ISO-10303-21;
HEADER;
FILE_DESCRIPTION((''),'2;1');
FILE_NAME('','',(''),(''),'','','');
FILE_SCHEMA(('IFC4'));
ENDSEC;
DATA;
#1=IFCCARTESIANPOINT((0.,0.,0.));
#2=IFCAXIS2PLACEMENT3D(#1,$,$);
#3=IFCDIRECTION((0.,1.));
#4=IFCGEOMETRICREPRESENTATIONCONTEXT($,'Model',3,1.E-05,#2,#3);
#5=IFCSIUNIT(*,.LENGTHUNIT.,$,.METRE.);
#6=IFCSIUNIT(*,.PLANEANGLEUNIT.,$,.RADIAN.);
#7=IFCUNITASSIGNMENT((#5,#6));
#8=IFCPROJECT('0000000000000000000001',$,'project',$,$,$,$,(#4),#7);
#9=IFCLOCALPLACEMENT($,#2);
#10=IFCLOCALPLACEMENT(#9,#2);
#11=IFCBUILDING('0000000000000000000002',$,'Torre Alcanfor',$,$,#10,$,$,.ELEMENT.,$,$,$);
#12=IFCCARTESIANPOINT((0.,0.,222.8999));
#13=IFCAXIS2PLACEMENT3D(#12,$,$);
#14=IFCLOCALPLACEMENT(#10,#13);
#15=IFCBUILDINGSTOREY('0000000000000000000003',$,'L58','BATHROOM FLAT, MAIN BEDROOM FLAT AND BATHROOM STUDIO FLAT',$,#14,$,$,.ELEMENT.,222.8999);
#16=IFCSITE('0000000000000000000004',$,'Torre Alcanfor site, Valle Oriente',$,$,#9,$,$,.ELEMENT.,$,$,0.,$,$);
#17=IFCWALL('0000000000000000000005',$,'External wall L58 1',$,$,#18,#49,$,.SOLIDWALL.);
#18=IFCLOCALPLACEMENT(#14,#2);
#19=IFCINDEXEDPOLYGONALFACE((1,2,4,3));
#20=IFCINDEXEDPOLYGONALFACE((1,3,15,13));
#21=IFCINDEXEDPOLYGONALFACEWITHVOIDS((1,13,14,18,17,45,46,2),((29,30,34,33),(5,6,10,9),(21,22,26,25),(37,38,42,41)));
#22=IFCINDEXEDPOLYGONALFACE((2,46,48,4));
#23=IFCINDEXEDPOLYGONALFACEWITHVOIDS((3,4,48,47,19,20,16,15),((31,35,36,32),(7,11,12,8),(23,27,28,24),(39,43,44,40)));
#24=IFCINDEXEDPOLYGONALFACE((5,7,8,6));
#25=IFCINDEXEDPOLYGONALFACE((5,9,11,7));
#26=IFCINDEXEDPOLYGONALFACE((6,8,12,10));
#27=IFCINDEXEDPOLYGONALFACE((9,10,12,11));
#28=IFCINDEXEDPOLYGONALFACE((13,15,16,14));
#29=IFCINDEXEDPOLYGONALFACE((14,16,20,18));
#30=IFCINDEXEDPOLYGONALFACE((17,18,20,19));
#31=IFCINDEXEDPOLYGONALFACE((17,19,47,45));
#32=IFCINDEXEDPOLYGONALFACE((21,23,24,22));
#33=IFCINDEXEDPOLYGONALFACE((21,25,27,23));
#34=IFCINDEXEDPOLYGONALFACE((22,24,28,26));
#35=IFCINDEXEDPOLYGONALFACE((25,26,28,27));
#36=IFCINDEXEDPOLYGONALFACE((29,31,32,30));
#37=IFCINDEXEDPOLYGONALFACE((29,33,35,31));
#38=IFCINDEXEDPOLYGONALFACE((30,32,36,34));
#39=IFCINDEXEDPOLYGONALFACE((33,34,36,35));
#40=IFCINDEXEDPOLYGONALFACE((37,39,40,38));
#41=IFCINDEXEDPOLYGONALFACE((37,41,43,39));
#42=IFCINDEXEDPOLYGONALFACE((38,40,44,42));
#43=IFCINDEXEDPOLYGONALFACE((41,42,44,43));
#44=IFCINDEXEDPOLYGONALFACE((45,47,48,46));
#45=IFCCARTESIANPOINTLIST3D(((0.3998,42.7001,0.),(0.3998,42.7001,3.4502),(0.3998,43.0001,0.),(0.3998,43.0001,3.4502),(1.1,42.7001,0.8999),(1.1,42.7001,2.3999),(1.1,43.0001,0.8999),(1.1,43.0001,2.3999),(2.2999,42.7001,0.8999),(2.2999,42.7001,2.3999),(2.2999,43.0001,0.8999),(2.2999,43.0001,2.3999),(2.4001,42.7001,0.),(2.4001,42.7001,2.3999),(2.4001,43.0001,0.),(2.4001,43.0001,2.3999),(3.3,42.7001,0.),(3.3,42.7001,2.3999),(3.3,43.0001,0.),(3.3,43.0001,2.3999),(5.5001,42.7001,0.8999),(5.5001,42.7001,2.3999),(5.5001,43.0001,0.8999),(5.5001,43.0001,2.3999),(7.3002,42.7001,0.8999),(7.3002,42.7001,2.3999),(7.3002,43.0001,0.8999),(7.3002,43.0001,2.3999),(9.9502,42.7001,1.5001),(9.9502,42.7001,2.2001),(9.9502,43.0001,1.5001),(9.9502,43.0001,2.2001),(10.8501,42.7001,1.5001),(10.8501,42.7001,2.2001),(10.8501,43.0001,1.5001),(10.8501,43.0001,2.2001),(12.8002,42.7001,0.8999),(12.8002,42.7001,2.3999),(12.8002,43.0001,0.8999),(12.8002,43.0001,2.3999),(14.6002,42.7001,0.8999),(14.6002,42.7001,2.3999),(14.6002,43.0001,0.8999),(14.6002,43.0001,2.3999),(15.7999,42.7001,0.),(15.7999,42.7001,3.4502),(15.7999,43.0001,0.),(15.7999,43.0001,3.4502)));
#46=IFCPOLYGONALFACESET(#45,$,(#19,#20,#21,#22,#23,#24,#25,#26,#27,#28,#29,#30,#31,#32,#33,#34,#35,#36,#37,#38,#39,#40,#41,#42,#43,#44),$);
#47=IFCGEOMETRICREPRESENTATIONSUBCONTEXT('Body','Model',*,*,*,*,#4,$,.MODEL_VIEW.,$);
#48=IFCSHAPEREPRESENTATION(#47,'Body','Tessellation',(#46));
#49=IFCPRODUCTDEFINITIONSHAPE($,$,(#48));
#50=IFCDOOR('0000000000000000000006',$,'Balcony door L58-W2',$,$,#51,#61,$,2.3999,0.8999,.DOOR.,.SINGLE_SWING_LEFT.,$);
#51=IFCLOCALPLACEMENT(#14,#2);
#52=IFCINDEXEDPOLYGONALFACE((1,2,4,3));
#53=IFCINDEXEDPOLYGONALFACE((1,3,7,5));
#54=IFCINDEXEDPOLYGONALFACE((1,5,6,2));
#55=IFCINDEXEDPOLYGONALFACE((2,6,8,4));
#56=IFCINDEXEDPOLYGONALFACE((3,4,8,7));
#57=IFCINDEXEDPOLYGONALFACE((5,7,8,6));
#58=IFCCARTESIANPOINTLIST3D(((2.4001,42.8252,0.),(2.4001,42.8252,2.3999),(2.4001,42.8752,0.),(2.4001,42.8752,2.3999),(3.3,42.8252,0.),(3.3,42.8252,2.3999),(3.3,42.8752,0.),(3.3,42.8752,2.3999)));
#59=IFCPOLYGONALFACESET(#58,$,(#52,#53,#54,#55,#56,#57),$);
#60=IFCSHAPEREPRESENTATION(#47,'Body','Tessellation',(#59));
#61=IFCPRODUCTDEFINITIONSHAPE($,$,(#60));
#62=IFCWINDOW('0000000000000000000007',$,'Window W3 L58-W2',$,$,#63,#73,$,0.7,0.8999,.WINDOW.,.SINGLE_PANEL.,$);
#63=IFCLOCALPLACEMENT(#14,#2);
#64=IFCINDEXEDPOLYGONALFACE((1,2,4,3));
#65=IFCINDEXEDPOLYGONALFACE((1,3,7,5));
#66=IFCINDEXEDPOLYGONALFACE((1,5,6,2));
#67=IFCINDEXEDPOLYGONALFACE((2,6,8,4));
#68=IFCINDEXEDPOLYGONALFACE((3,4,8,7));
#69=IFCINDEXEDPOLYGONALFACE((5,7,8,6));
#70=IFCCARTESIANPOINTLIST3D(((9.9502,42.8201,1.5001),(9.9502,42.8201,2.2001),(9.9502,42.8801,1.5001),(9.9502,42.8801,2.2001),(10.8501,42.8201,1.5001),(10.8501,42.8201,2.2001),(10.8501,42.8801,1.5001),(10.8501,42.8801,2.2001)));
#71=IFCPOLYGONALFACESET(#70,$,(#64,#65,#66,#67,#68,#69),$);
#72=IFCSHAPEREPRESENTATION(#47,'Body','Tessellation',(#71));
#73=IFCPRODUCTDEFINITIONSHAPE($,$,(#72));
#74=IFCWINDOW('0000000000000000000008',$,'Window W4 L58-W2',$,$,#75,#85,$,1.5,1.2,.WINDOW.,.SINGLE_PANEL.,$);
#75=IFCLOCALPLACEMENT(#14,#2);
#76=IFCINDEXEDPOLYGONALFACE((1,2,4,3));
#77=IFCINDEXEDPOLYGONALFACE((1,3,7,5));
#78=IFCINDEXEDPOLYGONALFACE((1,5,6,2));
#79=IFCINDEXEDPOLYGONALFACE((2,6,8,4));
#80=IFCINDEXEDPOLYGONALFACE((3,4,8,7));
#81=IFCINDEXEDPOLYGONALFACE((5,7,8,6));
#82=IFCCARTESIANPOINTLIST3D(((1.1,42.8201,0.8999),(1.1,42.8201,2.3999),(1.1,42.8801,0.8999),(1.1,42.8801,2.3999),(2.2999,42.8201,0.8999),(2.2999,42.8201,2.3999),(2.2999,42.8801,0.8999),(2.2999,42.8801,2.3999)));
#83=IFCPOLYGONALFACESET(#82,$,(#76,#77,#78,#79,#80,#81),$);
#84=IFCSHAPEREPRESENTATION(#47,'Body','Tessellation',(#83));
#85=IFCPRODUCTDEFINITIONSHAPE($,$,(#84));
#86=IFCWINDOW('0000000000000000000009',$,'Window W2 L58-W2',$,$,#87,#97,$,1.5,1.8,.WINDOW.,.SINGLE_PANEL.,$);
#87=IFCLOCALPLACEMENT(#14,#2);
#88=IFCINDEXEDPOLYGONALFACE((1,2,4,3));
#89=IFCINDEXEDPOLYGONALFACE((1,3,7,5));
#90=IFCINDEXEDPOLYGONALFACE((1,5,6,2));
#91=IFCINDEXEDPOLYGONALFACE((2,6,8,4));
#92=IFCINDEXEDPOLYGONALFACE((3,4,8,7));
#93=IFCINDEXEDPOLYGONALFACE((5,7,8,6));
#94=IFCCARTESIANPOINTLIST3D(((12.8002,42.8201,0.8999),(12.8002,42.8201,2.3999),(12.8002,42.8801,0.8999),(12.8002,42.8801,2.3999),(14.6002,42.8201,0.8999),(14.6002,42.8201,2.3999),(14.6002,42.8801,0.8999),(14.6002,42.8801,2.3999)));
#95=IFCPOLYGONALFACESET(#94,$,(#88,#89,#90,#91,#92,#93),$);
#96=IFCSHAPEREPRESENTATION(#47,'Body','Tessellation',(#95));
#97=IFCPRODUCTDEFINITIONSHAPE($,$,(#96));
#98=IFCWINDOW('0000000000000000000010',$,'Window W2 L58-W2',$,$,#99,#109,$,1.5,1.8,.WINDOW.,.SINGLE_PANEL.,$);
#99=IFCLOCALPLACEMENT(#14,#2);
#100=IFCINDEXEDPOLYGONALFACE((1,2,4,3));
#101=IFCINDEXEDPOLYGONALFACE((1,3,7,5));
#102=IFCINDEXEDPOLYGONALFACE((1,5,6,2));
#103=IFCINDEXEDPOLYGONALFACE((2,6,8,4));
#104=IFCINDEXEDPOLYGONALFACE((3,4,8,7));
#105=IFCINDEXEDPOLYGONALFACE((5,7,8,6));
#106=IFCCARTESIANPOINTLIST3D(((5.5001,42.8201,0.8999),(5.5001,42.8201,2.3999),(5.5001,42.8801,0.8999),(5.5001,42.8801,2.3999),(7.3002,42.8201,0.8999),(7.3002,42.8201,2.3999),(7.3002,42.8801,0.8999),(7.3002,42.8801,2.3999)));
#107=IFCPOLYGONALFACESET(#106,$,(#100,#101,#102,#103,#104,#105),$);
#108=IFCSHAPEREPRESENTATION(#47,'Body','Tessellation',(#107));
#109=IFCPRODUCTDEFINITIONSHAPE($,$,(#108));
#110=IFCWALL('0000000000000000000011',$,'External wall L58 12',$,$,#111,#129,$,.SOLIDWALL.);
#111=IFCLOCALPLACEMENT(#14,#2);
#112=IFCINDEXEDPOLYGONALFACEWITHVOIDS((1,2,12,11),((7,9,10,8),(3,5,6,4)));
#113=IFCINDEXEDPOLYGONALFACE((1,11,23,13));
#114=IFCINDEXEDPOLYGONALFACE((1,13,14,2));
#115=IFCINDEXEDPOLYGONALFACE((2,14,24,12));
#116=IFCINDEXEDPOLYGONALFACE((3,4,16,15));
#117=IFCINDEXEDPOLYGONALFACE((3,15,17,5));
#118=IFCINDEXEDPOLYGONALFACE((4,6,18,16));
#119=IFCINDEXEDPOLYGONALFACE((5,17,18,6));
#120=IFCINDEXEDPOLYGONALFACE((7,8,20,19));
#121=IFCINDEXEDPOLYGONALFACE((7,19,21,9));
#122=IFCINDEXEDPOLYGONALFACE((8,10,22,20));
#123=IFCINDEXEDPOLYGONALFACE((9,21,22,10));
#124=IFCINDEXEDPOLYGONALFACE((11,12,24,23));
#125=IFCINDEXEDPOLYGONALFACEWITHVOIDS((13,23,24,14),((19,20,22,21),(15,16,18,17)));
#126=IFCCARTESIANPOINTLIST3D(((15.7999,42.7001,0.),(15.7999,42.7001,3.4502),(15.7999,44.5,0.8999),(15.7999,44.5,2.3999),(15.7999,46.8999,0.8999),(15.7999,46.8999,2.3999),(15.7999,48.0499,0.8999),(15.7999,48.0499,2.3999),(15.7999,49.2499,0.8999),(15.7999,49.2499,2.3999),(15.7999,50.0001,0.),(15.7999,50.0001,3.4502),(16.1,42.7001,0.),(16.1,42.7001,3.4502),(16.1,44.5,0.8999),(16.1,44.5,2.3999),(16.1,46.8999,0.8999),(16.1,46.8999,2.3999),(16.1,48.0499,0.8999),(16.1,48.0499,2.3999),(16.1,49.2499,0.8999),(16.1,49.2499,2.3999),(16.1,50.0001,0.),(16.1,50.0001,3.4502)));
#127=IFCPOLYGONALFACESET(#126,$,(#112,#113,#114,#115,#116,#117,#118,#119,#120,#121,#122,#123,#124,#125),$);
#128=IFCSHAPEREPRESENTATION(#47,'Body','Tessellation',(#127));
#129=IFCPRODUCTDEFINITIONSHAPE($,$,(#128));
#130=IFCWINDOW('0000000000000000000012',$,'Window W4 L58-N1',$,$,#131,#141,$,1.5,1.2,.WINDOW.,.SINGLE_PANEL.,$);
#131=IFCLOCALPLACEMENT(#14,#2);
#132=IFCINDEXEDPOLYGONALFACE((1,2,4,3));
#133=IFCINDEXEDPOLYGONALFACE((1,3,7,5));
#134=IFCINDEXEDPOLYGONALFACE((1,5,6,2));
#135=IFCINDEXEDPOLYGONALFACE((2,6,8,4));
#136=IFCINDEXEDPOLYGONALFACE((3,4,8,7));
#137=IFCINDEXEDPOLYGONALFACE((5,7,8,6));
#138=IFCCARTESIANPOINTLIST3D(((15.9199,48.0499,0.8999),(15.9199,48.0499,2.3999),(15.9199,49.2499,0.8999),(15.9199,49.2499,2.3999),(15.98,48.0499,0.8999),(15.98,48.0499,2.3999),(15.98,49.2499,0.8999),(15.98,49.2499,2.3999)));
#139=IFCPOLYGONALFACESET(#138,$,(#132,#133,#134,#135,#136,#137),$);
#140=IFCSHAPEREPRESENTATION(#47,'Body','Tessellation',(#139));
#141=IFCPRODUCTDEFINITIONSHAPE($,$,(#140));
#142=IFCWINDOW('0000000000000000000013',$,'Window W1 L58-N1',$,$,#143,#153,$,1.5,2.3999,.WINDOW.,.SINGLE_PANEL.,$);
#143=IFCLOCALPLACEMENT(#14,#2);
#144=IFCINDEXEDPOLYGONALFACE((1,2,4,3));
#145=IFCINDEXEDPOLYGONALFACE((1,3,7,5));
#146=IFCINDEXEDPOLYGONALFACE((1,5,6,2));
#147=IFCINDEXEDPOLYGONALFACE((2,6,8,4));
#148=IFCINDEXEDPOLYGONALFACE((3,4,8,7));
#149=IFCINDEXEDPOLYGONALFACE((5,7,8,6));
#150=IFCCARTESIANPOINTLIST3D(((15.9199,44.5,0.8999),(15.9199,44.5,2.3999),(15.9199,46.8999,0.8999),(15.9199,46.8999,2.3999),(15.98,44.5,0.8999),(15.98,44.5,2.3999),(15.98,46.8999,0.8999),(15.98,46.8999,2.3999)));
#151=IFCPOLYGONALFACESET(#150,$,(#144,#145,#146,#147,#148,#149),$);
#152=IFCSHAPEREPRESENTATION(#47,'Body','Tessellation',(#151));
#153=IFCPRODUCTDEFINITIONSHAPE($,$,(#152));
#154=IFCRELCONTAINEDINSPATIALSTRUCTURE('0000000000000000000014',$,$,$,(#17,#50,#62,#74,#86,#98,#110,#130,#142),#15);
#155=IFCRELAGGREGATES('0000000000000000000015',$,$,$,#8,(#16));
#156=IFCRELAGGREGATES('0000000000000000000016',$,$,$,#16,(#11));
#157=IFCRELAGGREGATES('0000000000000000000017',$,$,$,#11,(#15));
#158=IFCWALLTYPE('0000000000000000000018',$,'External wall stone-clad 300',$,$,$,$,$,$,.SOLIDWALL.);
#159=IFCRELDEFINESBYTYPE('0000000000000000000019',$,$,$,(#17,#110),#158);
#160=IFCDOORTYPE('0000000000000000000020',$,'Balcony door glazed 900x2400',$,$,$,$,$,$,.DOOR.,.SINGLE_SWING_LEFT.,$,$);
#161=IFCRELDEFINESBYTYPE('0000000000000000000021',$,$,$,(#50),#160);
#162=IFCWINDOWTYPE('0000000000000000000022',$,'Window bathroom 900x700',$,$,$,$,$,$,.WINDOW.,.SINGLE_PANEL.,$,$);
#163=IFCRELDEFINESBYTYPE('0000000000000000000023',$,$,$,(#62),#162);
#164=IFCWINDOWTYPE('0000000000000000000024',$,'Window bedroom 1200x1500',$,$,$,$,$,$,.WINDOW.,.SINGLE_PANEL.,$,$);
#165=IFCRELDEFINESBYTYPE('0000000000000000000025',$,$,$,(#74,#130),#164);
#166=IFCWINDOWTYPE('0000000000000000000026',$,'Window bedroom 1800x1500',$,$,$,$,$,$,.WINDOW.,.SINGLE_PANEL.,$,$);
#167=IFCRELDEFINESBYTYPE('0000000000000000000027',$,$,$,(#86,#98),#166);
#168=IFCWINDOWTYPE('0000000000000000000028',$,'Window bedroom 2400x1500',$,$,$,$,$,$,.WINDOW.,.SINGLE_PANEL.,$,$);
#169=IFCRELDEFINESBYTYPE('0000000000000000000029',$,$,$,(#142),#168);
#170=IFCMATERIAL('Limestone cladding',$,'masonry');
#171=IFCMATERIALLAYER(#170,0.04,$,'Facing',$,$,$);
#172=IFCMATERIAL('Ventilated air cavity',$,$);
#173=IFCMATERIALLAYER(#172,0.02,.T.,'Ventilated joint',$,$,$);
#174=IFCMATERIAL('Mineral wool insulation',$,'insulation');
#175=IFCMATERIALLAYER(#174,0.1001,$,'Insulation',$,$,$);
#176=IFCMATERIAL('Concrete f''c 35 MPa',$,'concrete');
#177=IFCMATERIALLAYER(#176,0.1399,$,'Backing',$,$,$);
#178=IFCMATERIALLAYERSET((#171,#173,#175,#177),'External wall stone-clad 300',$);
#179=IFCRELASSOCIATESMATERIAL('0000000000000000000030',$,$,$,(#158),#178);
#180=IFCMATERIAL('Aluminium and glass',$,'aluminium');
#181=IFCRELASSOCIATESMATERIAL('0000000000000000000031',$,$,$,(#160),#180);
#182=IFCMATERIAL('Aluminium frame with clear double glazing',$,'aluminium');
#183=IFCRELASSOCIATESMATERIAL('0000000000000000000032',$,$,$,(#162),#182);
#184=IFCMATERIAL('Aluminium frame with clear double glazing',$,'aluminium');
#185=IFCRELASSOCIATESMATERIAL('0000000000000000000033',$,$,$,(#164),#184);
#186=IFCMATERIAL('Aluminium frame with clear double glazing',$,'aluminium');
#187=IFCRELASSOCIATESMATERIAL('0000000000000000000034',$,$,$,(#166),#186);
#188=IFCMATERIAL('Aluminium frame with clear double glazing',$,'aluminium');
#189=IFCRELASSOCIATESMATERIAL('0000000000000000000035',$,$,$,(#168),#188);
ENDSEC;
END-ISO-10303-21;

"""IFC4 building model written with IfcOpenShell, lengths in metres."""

from ifc_helpers import new_model, si_unit, direction, frame, frame_2d, origin, place, context, subcontext, project, spatial, rectangle, extrude, material, layer, layer_set, type_object, element, fill, save


model = new_model("IFC4")

# Units and contexts
model_context = context("Model", 3, precision=1e-05, world=origin(), true_north=direction((0.0, 1.0)))
body_context = subcontext(model_context, "Body", "Model", "MODEL_VIEW")
ifc_project = project(units=[si_unit("LENGTHUNIT", "METRE"), si_unit("PLANEANGLEUNIT", "RADIAN")], contexts=[model_context])

# Site, building, storey
site_placement = place(None, origin())
site = spatial("IfcSite", under=ifc_project, at=site_placement, Name="Torre Alcanfor site, Valle Oriente", CompositionType="ELEMENT", RefElevation=0.0)
building_placement = place(site_placement, origin())
building = spatial("IfcBuilding", under=site, at=building_placement, Name="Torre Alcanfor", CompositionType="ELEMENT")
storey_placement = place(building_placement, frame((0.0, 0.0, 222.8999)))
storey = spatial("IfcBuildingStorey", under=building, at=storey_placement, Name="L58", Description="BATHROOM FLAT, MAIN BEDROOM FLAT AND BATHROOM STUDIO FLAT", CompositionType="ELEMENT", Elevation=222.8999)

# Wall, openings, door, windows
ifc_material_1 = material(Name="Limestone cladding", Category="masonry")
ifc_layer_1 = layer(ifc_material_1, 0.04, Name="Facing")
ifc_material_2 = material(Name="Ventilated air cavity")
ifc_layer_2 = layer(ifc_material_2, 0.02, ventilated=True, Name="Ventilated joint")
ifc_material_3 = material(Name="Mineral wool insulation", Category="insulation")
ifc_layer_3 = layer(ifc_material_3, 0.1001, Name="Insulation")
ifc_material_4 = material(Name="Concrete f'c 35 MPa", Category="concrete")
ifc_layer_4 = layer(ifc_material_4, 0.1399, Name="Backing")
ifc_layer_set_1 = layer_set([ifc_layer_1, ifc_layer_2, ifc_layer_3, ifc_layer_4], Name="External wall stone-clad 300")
wall_type_1 = type_object("IfcWallType", Name="External wall stone-clad 300", PredefinedType="SOLIDWALL", material=ifc_layer_set_1)
wall_1_placement = place(storey_placement, frame((15.8, 42.8501, 0.0), z_axis=(0.0, 0.0, 1.0), x_axis=(-1.0, 0.0, 0.0)))
wall_1 = element("IfcWall", 1, at=wall_1_placement, inside=storey, type_object=wall_type_1, Name="External wall L58 1", PredefinedType="SOLIDWALL", context=body_context, shape_type="SweptSolid", body=[
    extrude(rectangle(XDim=15.4001, YDim=0.3, at=frame_2d((7.7002, 0.0))), origin(), (0.0, 0.0, 1.0), 3.4502),
])
opening_1_placement = place(wall_1_placement, frame((1.2, 0.0, 0.8999)))
opening_1 = element("IfcOpeningElement", 2, at=opening_1_placement, cuts=wall_1, PredefinedType="OPENING", context=body_context, shape_type="SweptSolid", body=[
    extrude(rectangle(XDim=1.8, YDim=1.5, at=frame_2d((0.8999, 0.75))), frame((0.0, 0.1599, 0.0), z_axis=(0.0, -1.0, 0.0), x_axis=(1.0, 0.0, 0.0)), (0.0, 0.0, 1.0), 0.3201),
])
opening_2_placement = place(wall_1_placement, frame((4.95, 0.0, 1.5)))
opening_2 = element("IfcOpeningElement", 3, at=opening_2_placement, cuts=wall_1, PredefinedType="OPENING", context=body_context, shape_type="SweptSolid", body=[
    extrude(rectangle(XDim=0.8999, YDim=0.7, at=frame_2d((0.45, 0.3501))), frame((0.0, 0.1599, 0.0), z_axis=(0.0, -1.0, 0.0), x_axis=(1.0, 0.0, 0.0)), (0.0, 0.0, 1.0), 0.3201),
])
opening_3_placement = place(wall_1_placement, frame((8.5, 0.0, 0.8999)))
opening_3 = element("IfcOpeningElement", 4, at=opening_3_placement, cuts=wall_1, PredefinedType="OPENING", context=body_context, shape_type="SweptSolid", body=[
    extrude(rectangle(XDim=1.8, YDim=1.5, at=frame_2d((0.8999, 0.75))), frame((0.0, 0.1599, 0.0), z_axis=(0.0, -1.0, 0.0), x_axis=(1.0, 0.0, 0.0)), (0.0, 0.0, 1.0), 0.3201),
])
opening_4_placement = place(wall_1_placement, frame((12.5, 0.0, 0.0)))
opening_4 = element("IfcOpeningElement", 5, at=opening_4_placement, cuts=wall_1, PredefinedType="OPENING", context=body_context, shape_type="SweptSolid", body=[
    extrude(rectangle(XDim=0.8999, YDim=2.3999, at=frame_2d((0.45, 1.2))), frame((0.0, 0.1599, 0.0), z_axis=(0.0, -1.0, 0.0), x_axis=(1.0, 0.0, 0.0)), (0.0, 0.0, 1.0), 0.3201),
])
opening_5_placement = place(wall_1_placement, frame((13.5, 0.0, 0.8999)))
opening_5 = element("IfcOpeningElement", 6, at=opening_5_placement, cuts=wall_1, PredefinedType="OPENING", context=body_context, shape_type="SweptSolid", body=[
    extrude(rectangle(XDim=1.2, YDim=1.5, at=frame_2d((0.6001, 0.75))), frame((0.0, 0.1599, 0.0), z_axis=(0.0, -1.0, 0.0), x_axis=(1.0, 0.0, 0.0)), (0.0, 0.0, 1.0), 0.3201),
])
ifc_material_5 = material(Name="Aluminium and glass", Category="aluminium")
door_type_1 = type_object("IfcDoorType", Name="Balcony door glazed 900x2400", OperationType="SINGLE_SWING_LEFT", PredefinedType="DOOR", material=ifc_material_5)
door_1_placement = place(opening_4_placement, origin())
door_1 = element("IfcDoor", 7, at=door_1_placement, inside=storey, type_object=door_type_1, Name="Balcony door L58-W2", OperationType="SINGLE_SWING_LEFT", OverallHeight=2.3999, OverallWidth=0.8999, PredefinedType="DOOR", context=body_context, shape_type="SweptSolid", body=[
    extrude(rectangle(XDim=0.8999, YDim=2.3999, at=frame_2d((0.45, 1.2))), frame((0.0, 0.0249, 0.0), z_axis=(0.0, -1.0, 0.0), x_axis=(1.0, 0.0, 0.0)), (0.0, 0.0, 1.0), 0.05),
])
fill(opening_4, door_1)
ifc_material_6 = material(Name="Aluminium frame with clear double glazing", Category="aluminium")
window_type_1 = type_object("IfcWindowType", Name="Window bathroom 900x700", PartitioningType="SINGLE_PANEL", PredefinedType="WINDOW", material=ifc_material_6)
window_1_placement = place(opening_2_placement, origin())
window_1 = element("IfcWindow", 8, at=window_1_placement, inside=storey, type_object=window_type_1, Name="Window W3 L58-W2", OverallHeight=0.7, OverallWidth=0.8999, PartitioningType="SINGLE_PANEL", PredefinedType="WINDOW", context=body_context, shape_type="SweptSolid", body=[
    extrude(rectangle(XDim=0.8999, YDim=0.7, at=frame_2d((0.45, 0.3501))), frame((0.0, 0.03, 0.0), z_axis=(0.0, -1.0, 0.0), x_axis=(1.0, 0.0, 0.0)), (0.0, 0.0, 1.0), 0.0601),
])
fill(opening_2, window_1)
ifc_material_7 = material(Name="Aluminium frame with clear double glazing", Category="aluminium")
window_type_2 = type_object("IfcWindowType", Name="Window bedroom 1200x1500", PartitioningType="SINGLE_PANEL", PredefinedType="WINDOW", material=ifc_material_7)
window_2_placement = place(opening_5_placement, origin())
window_2 = element("IfcWindow", 9, at=window_2_placement, inside=storey, type_object=window_type_2, Name="Window W4 L58-W2", OverallHeight=1.5, OverallWidth=1.2, PartitioningType="SINGLE_PANEL", PredefinedType="WINDOW", context=body_context, shape_type="SweptSolid", body=[
    extrude(rectangle(XDim=1.2, YDim=1.5, at=frame_2d((0.6001, 0.75))), frame((0.0, 0.03, 0.0), z_axis=(0.0, -1.0, 0.0), x_axis=(1.0, 0.0, 0.0)), (0.0, 0.0, 1.0), 0.0601),
])
fill(opening_5, window_2)
ifc_material_8 = material(Name="Aluminium frame with clear double glazing", Category="aluminium")
window_type_3 = type_object("IfcWindowType", Name="Window bedroom 1800x1500", PartitioningType="SINGLE_PANEL", PredefinedType="WINDOW", material=ifc_material_8)
window_3_placement = place(opening_1_placement, origin())
window_3 = element("IfcWindow", 10, at=window_3_placement, inside=storey, type_object=window_type_3, Name="Window W2 L58-W2", OverallHeight=1.5, OverallWidth=1.8, PartitioningType="SINGLE_PANEL", PredefinedType="WINDOW", context=body_context, shape_type="SweptSolid", body=[
    extrude(rectangle(XDim=1.8, YDim=1.5, at=frame_2d((0.8999, 0.75))), frame((0.0, 0.03, 0.0), z_axis=(0.0, -1.0, 0.0), x_axis=(1.0, 0.0, 0.0)), (0.0, 0.0, 1.0), 0.0601),
])
fill(opening_1, window_3)
window_4_placement = place(opening_3_placement, origin())
window_4 = element("IfcWindow", 11, at=window_4_placement, inside=storey, type_object=window_type_3, Name="Window W2 L58-W2", OverallHeight=1.5, OverallWidth=1.8, PartitioningType="SINGLE_PANEL", PredefinedType="WINDOW", context=body_context, shape_type="SweptSolid", body=[
    extrude(rectangle(XDim=1.8, YDim=1.5, at=frame_2d((0.8999, 0.75))), frame((0.0, 0.03, 0.0), z_axis=(0.0, -1.0, 0.0), x_axis=(1.0, 0.0, 0.0)), (0.0, 0.0, 1.0), 0.0601),
])
fill(opening_3, window_4)

# Wall, openings, windows
wall_2_placement = place(storey_placement, frame((15.95, 50.0, 0.0), z_axis=(0.0, 0.0, 1.0), x_axis=(0.0, -1.0, 0.0)))
wall_2 = element("IfcWall", 12, at=wall_2_placement, inside=storey, type_object=wall_type_1, Name="External wall L58 12", PredefinedType="SOLIDWALL", context=body_context, shape_type="SweptSolid", body=[
    extrude(rectangle(XDim=7.3, YDim=0.3, at=frame_2d((3.6499, 0.0))), origin(), (0.0, 0.0, 1.0), 3.4502),
])
opening_6_placement = place(wall_2_placement, frame((3.1001, 0.0, 0.8999)))
opening_6 = element("IfcOpeningElement", 13, at=opening_6_placement, cuts=wall_2, PredefinedType="OPENING", context=body_context, shape_type="SweptSolid", body=[
    extrude(rectangle(XDim=2.3999, YDim=1.5, at=frame_2d((1.2, 0.75))), frame((0.0, 0.1599, 0.0), z_axis=(0.0, -1.0, 0.0), x_axis=(1.0, 0.0, 0.0)), (0.0, 0.0, 1.0), 0.3201),
])
opening_7_placement = place(wall_2_placement, frame((0.75, 0.0, 0.8999)))
opening_7 = element("IfcOpeningElement", 14, at=opening_7_placement, cuts=wall_2, PredefinedType="OPENING", context=body_context, shape_type="SweptSolid", body=[
    extrude(rectangle(XDim=1.2, YDim=1.5, at=frame_2d((0.6001, 0.75))), frame((0.0, 0.1599, 0.0), z_axis=(0.0, -1.0, 0.0), x_axis=(1.0, 0.0, 0.0)), (0.0, 0.0, 1.0), 0.3201),
])
window_5_placement = place(opening_7_placement, origin())
window_5 = element("IfcWindow", 15, at=window_5_placement, inside=storey, type_object=window_type_2, Name="Window W4 L58-N1", OverallHeight=1.5, OverallWidth=1.2, PartitioningType="SINGLE_PANEL", PredefinedType="WINDOW", context=body_context, shape_type="SweptSolid", body=[
    extrude(rectangle(XDim=1.2, YDim=1.5, at=frame_2d((0.6001, 0.75))), frame((0.0, 0.03, 0.0), z_axis=(0.0, -1.0, 0.0), x_axis=(1.0, 0.0, 0.0)), (0.0, 0.0, 1.0), 0.0601),
])
fill(opening_7, window_5)
ifc_material_9 = material(Name="Aluminium frame with clear double glazing", Category="aluminium")
window_type_4 = type_object("IfcWindowType", Name="Window bedroom 2400x1500", PartitioningType="SINGLE_PANEL", PredefinedType="WINDOW", material=ifc_material_9)
window_6_placement = place(opening_6_placement, origin())
window_6 = element("IfcWindow", 16, at=window_6_placement, inside=storey, type_object=window_type_4, Name="Window W1 L58-N1", OverallHeight=1.5, OverallWidth=2.3999, PartitioningType="SINGLE_PANEL", PredefinedType="WINDOW", context=body_context, shape_type="SweptSolid", body=[
    extrude(rectangle(XDim=2.3999, YDim=1.5, at=frame_2d((1.2, 0.75))), frame((0.0, 0.03, 0.0), z_axis=(0.0, -1.0, 0.0), x_axis=(1.0, 0.0, 0.0)), (0.0, 0.0, 1.0), 0.0601),
])
fill(opening_6, window_6)

save(model, "model.ifc")
